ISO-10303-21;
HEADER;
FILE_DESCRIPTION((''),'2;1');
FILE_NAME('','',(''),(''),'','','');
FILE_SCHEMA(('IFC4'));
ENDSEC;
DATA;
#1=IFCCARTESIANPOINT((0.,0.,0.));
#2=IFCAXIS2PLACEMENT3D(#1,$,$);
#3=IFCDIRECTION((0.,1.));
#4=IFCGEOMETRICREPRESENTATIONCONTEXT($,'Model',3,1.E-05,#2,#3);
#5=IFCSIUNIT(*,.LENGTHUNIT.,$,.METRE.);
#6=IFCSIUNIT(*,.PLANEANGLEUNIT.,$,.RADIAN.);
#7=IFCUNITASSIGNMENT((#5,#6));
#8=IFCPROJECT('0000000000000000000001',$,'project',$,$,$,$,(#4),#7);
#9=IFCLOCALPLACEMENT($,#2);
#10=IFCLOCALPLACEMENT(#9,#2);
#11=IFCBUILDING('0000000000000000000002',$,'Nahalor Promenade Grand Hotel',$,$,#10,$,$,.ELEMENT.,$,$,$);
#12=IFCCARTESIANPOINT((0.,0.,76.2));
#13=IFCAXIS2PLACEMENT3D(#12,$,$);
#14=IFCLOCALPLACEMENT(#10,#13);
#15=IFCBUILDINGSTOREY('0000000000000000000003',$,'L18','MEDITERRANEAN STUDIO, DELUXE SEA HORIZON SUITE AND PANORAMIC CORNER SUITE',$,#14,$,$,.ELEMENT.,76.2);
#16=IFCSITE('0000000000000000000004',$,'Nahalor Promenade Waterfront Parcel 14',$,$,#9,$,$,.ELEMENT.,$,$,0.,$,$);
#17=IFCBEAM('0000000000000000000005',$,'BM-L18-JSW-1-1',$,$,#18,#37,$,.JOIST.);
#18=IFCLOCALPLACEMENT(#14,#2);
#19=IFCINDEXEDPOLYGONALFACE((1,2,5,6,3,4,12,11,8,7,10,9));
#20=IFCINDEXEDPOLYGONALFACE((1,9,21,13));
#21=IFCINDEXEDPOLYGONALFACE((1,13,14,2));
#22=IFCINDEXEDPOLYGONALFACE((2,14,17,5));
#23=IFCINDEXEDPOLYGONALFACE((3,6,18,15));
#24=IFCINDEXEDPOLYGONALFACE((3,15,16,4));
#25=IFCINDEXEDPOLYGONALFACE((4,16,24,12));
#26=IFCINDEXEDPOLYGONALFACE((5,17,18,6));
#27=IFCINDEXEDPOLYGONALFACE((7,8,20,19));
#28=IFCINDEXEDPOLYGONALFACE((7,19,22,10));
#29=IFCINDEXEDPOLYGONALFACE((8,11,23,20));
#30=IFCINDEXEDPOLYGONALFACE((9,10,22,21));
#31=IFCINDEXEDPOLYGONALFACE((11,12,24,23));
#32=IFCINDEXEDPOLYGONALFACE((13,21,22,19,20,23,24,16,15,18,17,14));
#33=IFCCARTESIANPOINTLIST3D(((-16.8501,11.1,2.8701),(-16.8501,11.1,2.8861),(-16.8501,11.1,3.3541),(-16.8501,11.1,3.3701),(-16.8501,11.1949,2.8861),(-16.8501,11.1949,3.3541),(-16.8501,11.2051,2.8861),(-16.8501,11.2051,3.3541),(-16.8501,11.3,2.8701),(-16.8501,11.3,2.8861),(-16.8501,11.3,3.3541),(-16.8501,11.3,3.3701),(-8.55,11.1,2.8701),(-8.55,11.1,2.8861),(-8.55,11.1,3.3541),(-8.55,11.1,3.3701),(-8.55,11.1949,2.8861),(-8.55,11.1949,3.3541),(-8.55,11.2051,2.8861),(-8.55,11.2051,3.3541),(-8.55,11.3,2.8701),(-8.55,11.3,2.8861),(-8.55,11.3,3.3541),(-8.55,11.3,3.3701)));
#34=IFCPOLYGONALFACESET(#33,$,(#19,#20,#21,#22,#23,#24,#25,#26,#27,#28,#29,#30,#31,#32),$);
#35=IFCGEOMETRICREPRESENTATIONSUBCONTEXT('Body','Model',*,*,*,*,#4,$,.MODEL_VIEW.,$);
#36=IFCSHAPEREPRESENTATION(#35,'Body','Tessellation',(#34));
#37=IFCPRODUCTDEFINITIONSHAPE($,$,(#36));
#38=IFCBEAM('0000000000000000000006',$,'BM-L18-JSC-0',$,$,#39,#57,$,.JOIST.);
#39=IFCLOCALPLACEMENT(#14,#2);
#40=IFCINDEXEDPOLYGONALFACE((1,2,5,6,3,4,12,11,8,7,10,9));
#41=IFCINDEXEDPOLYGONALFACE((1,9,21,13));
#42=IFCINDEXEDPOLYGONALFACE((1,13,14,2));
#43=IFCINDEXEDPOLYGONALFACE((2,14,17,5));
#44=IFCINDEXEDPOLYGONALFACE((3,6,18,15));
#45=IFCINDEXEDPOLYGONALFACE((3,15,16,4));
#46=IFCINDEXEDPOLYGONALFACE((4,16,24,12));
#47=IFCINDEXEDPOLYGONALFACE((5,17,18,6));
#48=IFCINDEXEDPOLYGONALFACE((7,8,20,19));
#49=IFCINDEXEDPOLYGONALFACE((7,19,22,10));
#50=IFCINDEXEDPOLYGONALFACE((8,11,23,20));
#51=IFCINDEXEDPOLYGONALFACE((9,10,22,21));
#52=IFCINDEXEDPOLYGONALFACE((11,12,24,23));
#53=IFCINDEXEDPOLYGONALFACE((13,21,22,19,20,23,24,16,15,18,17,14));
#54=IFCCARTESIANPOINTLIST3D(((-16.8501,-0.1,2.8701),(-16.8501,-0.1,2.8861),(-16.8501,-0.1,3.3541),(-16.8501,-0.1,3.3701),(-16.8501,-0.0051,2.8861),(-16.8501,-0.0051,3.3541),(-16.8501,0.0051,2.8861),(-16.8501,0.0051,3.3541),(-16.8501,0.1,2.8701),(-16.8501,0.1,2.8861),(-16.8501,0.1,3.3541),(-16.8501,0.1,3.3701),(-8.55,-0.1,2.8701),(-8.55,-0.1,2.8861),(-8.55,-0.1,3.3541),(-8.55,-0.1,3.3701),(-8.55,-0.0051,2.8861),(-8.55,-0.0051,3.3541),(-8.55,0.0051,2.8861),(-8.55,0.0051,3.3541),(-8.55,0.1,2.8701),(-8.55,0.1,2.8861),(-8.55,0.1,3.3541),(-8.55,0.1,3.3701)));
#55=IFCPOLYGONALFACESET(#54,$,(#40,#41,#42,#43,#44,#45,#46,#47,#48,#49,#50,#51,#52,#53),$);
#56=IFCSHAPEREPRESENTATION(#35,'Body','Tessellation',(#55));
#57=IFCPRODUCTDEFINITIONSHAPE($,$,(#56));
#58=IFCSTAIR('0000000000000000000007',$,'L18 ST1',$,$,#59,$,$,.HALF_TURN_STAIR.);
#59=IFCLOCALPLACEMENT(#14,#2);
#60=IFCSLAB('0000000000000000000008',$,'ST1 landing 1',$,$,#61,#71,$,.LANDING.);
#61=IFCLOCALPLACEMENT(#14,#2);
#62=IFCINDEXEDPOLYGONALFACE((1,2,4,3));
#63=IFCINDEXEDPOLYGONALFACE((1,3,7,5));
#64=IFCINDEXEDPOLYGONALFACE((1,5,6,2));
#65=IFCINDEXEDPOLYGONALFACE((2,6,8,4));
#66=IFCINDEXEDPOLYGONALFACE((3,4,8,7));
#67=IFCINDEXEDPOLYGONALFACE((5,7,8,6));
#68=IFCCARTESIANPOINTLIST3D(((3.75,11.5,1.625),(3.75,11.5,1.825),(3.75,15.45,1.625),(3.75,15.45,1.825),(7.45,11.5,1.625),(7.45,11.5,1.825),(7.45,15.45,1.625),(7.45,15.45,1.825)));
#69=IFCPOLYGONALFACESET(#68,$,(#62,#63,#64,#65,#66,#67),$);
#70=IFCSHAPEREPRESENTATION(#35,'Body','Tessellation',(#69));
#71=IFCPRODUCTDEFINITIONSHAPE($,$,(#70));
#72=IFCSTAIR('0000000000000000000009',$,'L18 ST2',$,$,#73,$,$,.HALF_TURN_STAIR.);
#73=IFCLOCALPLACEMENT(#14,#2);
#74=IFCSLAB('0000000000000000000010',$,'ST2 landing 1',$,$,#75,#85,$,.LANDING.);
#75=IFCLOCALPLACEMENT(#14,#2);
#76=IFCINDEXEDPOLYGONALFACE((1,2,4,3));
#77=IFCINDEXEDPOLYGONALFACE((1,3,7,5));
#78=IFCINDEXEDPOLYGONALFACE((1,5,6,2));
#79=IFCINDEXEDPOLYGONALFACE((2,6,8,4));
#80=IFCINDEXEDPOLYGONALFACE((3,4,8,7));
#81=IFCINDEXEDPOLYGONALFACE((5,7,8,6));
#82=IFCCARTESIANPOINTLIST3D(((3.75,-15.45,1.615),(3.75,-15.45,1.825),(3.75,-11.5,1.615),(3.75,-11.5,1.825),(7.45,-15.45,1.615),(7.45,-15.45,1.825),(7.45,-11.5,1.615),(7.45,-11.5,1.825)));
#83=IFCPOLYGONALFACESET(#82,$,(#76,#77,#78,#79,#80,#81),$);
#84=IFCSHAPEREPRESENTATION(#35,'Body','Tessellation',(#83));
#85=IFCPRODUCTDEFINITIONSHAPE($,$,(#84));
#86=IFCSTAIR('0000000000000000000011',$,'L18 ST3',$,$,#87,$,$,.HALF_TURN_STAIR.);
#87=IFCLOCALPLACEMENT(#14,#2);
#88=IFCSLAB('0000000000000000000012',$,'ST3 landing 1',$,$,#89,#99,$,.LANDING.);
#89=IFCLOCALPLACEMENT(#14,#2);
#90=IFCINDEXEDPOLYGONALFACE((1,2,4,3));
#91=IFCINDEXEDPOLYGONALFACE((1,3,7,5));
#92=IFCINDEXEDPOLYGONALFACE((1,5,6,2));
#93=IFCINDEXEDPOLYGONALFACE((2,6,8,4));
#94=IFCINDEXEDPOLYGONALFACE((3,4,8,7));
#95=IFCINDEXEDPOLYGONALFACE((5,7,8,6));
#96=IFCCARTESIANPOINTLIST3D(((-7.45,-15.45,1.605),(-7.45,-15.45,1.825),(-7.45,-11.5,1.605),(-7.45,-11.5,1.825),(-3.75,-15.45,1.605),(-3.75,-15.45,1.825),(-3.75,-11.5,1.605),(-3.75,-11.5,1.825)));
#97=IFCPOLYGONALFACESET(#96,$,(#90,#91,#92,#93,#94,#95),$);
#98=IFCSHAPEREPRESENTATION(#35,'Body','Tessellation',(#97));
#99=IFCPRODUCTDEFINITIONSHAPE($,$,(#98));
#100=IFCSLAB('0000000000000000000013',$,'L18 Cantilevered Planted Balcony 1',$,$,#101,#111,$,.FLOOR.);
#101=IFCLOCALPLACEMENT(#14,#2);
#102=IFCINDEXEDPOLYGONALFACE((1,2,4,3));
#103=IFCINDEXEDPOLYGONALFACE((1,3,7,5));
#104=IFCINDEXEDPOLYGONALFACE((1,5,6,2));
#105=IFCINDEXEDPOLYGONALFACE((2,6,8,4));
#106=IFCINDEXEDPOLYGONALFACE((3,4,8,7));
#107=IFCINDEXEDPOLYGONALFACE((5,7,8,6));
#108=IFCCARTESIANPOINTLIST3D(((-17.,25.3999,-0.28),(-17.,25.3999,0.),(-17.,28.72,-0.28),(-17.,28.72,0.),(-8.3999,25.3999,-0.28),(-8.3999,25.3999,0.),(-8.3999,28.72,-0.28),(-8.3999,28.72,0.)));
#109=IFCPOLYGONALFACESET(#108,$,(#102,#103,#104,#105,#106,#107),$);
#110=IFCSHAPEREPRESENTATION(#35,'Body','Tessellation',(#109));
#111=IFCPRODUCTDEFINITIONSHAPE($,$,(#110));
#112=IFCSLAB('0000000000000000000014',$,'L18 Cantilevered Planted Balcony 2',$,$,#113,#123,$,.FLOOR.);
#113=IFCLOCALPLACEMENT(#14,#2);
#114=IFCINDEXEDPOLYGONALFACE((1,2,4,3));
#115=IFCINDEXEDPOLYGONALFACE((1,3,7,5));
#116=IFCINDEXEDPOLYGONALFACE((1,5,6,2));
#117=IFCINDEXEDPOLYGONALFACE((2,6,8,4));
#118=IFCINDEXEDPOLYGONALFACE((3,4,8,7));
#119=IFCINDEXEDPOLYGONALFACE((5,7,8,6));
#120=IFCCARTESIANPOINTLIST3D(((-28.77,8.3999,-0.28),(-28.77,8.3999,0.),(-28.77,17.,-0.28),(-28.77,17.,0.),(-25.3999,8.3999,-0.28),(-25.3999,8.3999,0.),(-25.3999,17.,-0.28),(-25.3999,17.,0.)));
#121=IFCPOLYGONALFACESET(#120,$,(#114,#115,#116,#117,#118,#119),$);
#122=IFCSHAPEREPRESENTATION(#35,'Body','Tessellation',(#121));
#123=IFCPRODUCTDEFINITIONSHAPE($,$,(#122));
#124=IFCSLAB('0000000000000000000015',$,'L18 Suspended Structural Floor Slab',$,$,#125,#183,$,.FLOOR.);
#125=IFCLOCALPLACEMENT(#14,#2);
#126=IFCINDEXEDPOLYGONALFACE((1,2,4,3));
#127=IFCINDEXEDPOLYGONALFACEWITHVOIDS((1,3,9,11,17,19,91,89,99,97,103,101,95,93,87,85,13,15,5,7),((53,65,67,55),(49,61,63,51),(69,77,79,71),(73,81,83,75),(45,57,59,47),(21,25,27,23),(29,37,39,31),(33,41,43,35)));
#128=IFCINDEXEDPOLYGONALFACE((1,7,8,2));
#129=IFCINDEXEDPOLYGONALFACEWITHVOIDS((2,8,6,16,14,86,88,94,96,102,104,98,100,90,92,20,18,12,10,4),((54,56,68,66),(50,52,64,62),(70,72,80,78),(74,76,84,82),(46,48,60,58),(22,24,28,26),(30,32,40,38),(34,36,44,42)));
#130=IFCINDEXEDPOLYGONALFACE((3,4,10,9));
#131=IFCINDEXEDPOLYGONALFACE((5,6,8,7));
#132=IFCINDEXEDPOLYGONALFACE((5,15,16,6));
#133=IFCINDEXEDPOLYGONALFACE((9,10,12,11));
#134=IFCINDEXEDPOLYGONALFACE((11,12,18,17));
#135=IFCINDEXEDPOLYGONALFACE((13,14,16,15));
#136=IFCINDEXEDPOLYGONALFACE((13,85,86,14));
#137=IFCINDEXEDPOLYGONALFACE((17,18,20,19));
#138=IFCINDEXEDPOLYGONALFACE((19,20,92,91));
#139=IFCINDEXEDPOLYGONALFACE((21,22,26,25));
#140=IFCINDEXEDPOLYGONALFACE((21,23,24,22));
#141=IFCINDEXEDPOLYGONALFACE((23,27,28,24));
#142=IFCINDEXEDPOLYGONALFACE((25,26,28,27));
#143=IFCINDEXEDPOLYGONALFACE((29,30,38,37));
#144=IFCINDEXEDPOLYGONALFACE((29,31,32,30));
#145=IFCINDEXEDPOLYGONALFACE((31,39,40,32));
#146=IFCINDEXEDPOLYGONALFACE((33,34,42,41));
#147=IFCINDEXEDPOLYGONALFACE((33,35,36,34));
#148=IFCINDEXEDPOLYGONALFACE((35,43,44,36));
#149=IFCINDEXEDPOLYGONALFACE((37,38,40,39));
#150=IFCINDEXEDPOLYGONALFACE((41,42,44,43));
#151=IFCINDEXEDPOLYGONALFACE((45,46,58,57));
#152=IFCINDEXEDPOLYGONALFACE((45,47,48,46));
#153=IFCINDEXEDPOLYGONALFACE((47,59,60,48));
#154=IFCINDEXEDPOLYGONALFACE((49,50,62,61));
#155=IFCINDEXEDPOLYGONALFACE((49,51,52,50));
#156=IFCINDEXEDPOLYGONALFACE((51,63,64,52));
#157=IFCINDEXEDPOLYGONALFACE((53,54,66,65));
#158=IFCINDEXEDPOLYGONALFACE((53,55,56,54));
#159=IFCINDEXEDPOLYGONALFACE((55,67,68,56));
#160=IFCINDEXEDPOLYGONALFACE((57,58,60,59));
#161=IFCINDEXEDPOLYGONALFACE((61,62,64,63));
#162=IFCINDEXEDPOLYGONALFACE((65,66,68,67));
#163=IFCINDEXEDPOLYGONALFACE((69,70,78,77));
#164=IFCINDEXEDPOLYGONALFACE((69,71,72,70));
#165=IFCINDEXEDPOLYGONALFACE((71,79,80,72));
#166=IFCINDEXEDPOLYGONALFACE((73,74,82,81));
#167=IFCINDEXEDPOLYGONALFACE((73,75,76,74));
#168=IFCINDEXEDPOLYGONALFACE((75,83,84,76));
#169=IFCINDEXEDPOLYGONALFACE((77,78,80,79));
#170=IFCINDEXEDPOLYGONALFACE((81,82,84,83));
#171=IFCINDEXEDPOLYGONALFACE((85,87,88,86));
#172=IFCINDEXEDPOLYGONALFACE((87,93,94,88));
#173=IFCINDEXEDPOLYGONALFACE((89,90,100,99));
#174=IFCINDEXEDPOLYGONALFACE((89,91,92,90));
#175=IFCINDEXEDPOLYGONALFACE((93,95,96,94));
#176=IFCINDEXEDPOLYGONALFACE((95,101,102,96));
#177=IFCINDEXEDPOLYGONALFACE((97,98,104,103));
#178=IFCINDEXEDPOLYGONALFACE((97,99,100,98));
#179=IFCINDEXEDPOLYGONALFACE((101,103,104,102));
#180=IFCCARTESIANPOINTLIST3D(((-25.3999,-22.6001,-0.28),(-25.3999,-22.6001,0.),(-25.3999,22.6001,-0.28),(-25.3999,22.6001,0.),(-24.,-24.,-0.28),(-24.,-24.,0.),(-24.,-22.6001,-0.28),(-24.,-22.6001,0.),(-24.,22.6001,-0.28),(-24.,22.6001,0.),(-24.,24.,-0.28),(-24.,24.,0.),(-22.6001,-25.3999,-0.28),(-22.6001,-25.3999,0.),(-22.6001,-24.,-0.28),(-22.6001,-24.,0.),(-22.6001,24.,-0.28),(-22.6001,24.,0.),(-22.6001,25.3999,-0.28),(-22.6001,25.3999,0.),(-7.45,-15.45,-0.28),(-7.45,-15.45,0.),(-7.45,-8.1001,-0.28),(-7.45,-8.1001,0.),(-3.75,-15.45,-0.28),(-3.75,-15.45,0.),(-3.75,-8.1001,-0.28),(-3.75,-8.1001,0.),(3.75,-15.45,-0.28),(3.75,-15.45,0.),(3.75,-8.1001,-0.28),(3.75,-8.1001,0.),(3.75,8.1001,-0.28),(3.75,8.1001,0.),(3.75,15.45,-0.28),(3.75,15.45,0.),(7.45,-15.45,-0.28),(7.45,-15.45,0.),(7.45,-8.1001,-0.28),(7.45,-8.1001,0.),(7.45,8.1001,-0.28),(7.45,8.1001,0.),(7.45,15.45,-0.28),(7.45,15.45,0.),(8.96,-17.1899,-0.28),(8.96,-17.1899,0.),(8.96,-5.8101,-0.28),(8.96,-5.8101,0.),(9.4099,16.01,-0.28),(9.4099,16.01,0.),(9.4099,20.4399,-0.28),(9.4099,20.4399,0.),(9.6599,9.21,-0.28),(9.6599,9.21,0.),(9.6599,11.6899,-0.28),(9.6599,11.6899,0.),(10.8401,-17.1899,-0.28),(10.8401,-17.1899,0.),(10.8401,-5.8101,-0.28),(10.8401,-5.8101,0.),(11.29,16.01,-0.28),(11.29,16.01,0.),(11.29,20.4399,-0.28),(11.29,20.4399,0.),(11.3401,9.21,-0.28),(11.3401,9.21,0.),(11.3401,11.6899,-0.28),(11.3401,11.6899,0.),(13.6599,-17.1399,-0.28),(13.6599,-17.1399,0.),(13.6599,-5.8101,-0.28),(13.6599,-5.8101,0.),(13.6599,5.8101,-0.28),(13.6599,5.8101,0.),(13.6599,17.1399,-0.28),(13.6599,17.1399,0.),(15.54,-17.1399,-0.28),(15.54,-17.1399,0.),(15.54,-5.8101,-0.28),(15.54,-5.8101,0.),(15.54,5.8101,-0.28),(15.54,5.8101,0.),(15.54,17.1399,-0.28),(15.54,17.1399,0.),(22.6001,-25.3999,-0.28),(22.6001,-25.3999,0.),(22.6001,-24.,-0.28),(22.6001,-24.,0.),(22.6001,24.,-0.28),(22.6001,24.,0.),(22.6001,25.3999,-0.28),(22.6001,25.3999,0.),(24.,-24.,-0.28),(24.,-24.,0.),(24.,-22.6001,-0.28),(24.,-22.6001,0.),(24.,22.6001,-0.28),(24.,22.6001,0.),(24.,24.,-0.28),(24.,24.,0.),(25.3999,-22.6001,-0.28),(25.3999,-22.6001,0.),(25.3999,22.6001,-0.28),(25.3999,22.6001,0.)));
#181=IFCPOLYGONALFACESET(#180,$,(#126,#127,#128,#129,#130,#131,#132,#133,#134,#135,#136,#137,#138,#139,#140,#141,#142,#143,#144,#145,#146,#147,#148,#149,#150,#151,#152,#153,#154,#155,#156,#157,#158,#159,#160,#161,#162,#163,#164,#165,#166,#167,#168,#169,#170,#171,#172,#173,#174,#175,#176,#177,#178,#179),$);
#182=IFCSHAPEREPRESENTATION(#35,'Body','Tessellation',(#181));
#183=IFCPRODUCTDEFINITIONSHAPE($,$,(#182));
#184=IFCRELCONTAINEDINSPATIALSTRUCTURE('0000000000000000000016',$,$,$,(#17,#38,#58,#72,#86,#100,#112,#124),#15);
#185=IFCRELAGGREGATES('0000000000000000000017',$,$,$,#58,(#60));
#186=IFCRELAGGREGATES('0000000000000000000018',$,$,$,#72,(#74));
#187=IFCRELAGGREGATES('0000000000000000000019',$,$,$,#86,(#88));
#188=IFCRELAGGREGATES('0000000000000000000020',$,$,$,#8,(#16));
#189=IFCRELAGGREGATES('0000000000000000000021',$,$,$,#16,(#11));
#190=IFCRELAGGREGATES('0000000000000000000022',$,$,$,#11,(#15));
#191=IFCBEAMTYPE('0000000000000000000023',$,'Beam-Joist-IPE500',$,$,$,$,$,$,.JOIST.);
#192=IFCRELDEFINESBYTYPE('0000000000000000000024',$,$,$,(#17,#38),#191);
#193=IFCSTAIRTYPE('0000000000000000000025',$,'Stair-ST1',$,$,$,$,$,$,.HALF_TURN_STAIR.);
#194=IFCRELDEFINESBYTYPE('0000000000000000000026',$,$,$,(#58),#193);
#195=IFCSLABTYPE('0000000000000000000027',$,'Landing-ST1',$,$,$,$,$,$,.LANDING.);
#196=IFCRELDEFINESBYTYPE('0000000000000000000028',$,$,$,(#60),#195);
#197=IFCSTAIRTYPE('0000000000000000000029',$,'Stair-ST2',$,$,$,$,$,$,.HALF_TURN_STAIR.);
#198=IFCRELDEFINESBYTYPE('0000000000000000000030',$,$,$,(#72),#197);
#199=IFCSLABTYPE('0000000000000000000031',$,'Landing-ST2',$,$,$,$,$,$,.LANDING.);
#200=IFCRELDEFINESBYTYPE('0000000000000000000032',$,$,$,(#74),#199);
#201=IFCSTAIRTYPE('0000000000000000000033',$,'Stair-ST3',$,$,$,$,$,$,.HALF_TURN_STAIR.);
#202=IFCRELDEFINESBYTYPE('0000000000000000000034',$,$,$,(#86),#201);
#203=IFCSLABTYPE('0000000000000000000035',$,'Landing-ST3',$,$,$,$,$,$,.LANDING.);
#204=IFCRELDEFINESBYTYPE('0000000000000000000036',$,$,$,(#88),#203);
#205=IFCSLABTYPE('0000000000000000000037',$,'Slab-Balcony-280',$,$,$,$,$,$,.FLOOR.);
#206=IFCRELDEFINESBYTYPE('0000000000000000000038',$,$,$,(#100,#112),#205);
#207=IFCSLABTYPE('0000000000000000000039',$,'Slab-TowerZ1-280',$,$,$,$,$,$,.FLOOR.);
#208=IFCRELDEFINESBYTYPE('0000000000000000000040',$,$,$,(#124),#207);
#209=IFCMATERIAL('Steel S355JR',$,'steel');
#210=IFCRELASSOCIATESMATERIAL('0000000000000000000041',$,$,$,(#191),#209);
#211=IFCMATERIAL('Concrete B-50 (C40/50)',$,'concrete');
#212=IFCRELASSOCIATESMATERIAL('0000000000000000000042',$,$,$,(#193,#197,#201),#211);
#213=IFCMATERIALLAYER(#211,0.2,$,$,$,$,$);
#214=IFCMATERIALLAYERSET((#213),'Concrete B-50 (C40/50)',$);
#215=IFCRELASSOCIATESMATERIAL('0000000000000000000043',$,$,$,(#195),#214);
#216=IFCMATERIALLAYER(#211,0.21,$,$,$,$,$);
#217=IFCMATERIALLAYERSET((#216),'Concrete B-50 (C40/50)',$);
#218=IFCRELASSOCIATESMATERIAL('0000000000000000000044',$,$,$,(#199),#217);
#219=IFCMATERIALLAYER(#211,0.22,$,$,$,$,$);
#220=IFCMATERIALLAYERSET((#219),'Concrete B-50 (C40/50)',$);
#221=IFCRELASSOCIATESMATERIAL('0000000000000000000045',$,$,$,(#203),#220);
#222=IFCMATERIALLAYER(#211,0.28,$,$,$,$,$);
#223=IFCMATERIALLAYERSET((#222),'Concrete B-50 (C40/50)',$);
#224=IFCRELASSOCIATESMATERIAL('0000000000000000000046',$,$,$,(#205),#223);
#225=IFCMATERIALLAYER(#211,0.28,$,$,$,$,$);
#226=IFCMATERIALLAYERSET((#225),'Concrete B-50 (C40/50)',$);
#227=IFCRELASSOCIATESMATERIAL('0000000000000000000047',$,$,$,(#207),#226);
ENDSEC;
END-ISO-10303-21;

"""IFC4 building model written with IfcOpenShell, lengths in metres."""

from ifc_helpers import new_model, si_unit, direction, frame, origin, origin_2d, place, context, subcontext, project, spatial, polyline, i_section, outline, extrude, source, transform, mapped, material, layer, layer_set, material_profile, profile_set, type_object, element, aggregate, save


model = new_model("IFC4")

# Units and contexts
model_context = context("Model", 3, precision=1e-05, world=origin(), true_north=direction((0.0, 1.0)))
body_context = subcontext(model_context, "Body", "Model", "MODEL_VIEW")
ifc_project = project(units=[si_unit("LENGTHUNIT", "METRE"), si_unit("PLANEANGLEUNIT", "RADIAN")], contexts=[model_context])

# Site, building, storey
site_placement = place(None, origin())
site = spatial("IfcSite", under=ifc_project, at=site_placement, Name="Nahalor Promenade Waterfront Parcel 14", CompositionType="ELEMENT", RefElevation=0.0)
building_placement = place(site_placement, origin())
building = spatial("IfcBuilding", under=site, at=building_placement, Name="Nahalor Promenade Grand Hotel", CompositionType="ELEMENT")
storey_placement = place(building_placement, frame((0.0, 0.0, 76.2)))
storey = spatial("IfcBuildingStorey", under=building, at=storey_placement, Name="L18", Description="MEDITERRANEAN STUDIO, DELUXE SEA HORIZON SUITE AND PANORAMIC CORNER SUITE", CompositionType="ELEMENT", Elevation=76.2)

# Beams
ifc_material_1 = material(Name="Steel S355JR", Category="steel")
ifc_material_profile_1 = material_profile(ifc_material_1, i_section(OverallWidth=0.2, OverallDepth=0.5, WebThickness=0.0102, FlangeThickness=0.016, at=origin_2d()), Name="IPE 500")
ifc_profile_set_1 = profile_set([ifc_material_profile_1], Name="Steel S355JR")
beam_type_1 = type_object("IfcBeamType", Name="Beam-Joist-IPE500", PredefinedType="JOIST", material=ifc_profile_set_1)
shared_shape_1 = source(origin(), body_context, "Body", "SweptSolid", [
    extrude(i_section(OverallWidth=0.2, OverallDepth=0.5, WebThickness=0.0102, FlangeThickness=0.016, at=origin_2d()), origin(), (0.0, 0.0, 1.0), 8.3),
])
for number, where, z_axis, x_axis, name in (
    (1, (-16.8501, 11.2, 3.1201), (1.0, 0.0, 0.0), (0.0, 1.0, 0.0), "BM-L18-JSW-1-1"),
    (2, (-16.8501, 0.0, 3.1201), (1.0, 0.0, 0.0), (0.0, 1.0, 0.0), "BM-L18-JSC-0"),
):
    element("IfcBeam", number, at=place(storey_placement, frame(where, z_axis=z_axis, x_axis=x_axis)), inside=storey, type_object=beam_type_1, Name=name, PredefinedType="JOIST", context=body_context, shape_type="MappedRepresentation", body=[
        mapped(shared_shape_1, transform((0.0, 0.0, 0.0), scale=1.0)),
    ])

# Stairs, slabs
ifc_material_2 = material(Name="Concrete B-50 (C40/50)", Category="concrete")
stair_type_1 = type_object("IfcStairType", Name="Stair-ST1", PredefinedType="HALF_TURN_STAIR", material=ifc_material_2)
stair_1_placement = place(storey_placement, origin())
stair_1 = element("IfcStair", 3, at=stair_1_placement, inside=storey, type_object=stair_type_1, Name="L18 ST1", PredefinedType="HALF_TURN_STAIR")
ifc_layer_1 = layer(ifc_material_2, 0.2)
ifc_layer_set_1 = layer_set([ifc_layer_1], Name="Concrete B-50 (C40/50)")
slab_type_1 = type_object("IfcSlabType", Name="Landing-ST1", PredefinedType="LANDING", material=ifc_layer_set_1)
slab_1_placement = place(storey_placement, frame((0.0, 0.0, 1.625)))
slab_1 = element("IfcSlab", 4, at=slab_1_placement, type_object=slab_type_1, Name="ST1 landing 1", PredefinedType="LANDING", context=body_context, shape_type="SweptSolid", body=[
    extrude(outline(polyline([(7.45, 11.5), (7.45, 15.45), (3.75, 15.45), (3.75, 11.5), (7.45, 11.5)])), origin(), (0.0, 0.0, 1.0), 0.2),
])
aggregate(stair_1, [slab_1])
stair_type_2 = type_object("IfcStairType", Name="Stair-ST2", PredefinedType="HALF_TURN_STAIR", material=ifc_material_2)
stair_2_placement = place(storey_placement, origin())
stair_2 = element("IfcStair", 5, at=stair_2_placement, inside=storey, type_object=stair_type_2, Name="L18 ST2", PredefinedType="HALF_TURN_STAIR")
ifc_layer_2 = layer(ifc_material_2, 0.21)
ifc_layer_set_2 = layer_set([ifc_layer_2], Name="Concrete B-50 (C40/50)")
slab_type_2 = type_object("IfcSlabType", Name="Landing-ST2", PredefinedType="LANDING", material=ifc_layer_set_2)
slab_2_placement = place(storey_placement, frame((0.0, 0.0, 1.615)))
slab_2 = element("IfcSlab", 6, at=slab_2_placement, type_object=slab_type_2, Name="ST2 landing 1", PredefinedType="LANDING", context=body_context, shape_type="SweptSolid", body=[
    extrude(outline(polyline([(3.75, -11.5), (3.75, -15.45), (7.45, -15.45), (7.45, -11.5), (3.75, -11.5)])), origin(), (0.0, 0.0, 1.0), 0.21),
])
aggregate(stair_2, [slab_2])
stair_type_3 = type_object("IfcStairType", Name="Stair-ST3", PredefinedType="HALF_TURN_STAIR", material=ifc_material_2)
stair_3_placement = place(storey_placement, origin())
stair_3 = element("IfcStair", 7, at=stair_3_placement, inside=storey, type_object=stair_type_3, Name="L18 ST3", PredefinedType="HALF_TURN_STAIR")
ifc_layer_3 = layer(ifc_material_2, 0.22)
ifc_layer_set_3 = layer_set([ifc_layer_3], Name="Concrete B-50 (C40/50)")
slab_type_3 = type_object("IfcSlabType", Name="Landing-ST3", PredefinedType="LANDING", material=ifc_layer_set_3)
slab_3_placement = place(storey_placement, frame((0.0, 0.0, 1.605)))
slab_3 = element("IfcSlab", 8, at=slab_3_placement, type_object=slab_type_3, Name="ST3 landing 1", PredefinedType="LANDING", context=body_context, shape_type="SweptSolid", body=[
    extrude(outline(polyline([(-7.45, -11.5), (-7.45, -15.45), (-3.75, -15.45), (-3.75, -11.5), (-7.45, -11.5)])), origin(), (0.0, 0.0, 1.0), 0.22),
])
aggregate(stair_3, [slab_3])

# Slabs
ifc_layer_4 = layer(ifc_material_2, 0.28)
ifc_layer_set_4 = layer_set([ifc_layer_4], Name="Concrete B-50 (C40/50)")
slab_type_4 = type_object("IfcSlabType", Name="Slab-Balcony-280", PredefinedType="FLOOR", material=ifc_layer_set_4)
slab_4_placement = place(storey_placement, frame((0.0, 0.0, -0.28)))
element("IfcSlab", 9, at=slab_4_placement, inside=storey, type_object=slab_type_4, Name="L18 Cantilevered Planted Balcony 1", PredefinedType="FLOOR", context=body_context, shape_type="SweptSolid", body=[
    extrude(outline(polyline([(-17.0, 25.3999), (-8.3999, 25.3999), (-8.3999, 28.72), (-17.0, 28.72), (-17.0, 25.3999)])), origin(), (0.0, 0.0, 1.0), 0.28),
])
slab_5_placement = place(storey_placement, frame((0.0, 0.0, -0.28)))
element("IfcSlab", 10, at=slab_5_placement, inside=storey, type_object=slab_type_4, Name="L18 Cantilevered Planted Balcony 2", PredefinedType="FLOOR", context=body_context, shape_type="SweptSolid", body=[
    extrude(outline(polyline([(-28.77, 8.3999), (-25.3999, 8.3999), (-25.3999, 17.0), (-28.77, 17.0), (-28.77, 8.3999)])), origin(), (0.0, 0.0, 1.0), 0.28),
])
ifc_layer_5 = layer(ifc_material_2, 0.28)
ifc_layer_set_5 = layer_set([ifc_layer_5], Name="Concrete B-50 (C40/50)")
slab_type_5 = type_object("IfcSlabType", Name="Slab-TowerZ1-280", PredefinedType="FLOOR", material=ifc_layer_set_5)
slab_6_placement = place(storey_placement, frame((0.0, 0.0, -0.28)))
element("IfcSlab", 11, at=slab_6_placement, inside=storey, type_object=slab_type_5, Name="L18 Suspended Structural Floor Slab", PredefinedType="FLOOR", context=body_context, shape_type="SweptSolid", body=[
    extrude(outline(polyline([(-22.6001, -25.3999), (22.6001, -25.3999), (22.6001, -24.0), (24.0, -24.0), (24.0, -22.6001), (25.3999, -22.6001), (25.3999, 22.6001), (24.0, 22.6001), (24.0, 24.0), (22.6001, 24.0), (22.6001, 25.3999), (-22.6001, 25.3999), (-22.6001, 24.0), (-24.0, 24.0), (-24.0, 22.6001), (-25.3999, 22.6001), (-25.3999, -22.6001), (-24.0, -22.6001), (-24.0, -24.0), (-22.6001, -24.0), (-22.6001, -25.3999)]), holes=[polyline([(3.75, 8.1001), (7.45, 8.1001), (7.45, 15.45), (3.75, 15.45), (3.75, 8.1001)]), polyline([(3.75, -15.45), (7.45, -15.45), (7.45, -8.1001), (3.75, -8.1001), (3.75, -15.45)]), polyline([(-7.45, -15.45), (-3.75, -15.45), (-3.75, -8.1001), (-7.45, -8.1001), (-7.45, -15.45)]), polyline([(13.6599, 5.8101), (15.54, 5.8101), (15.54, 17.1399), (13.6599, 17.1399), (13.6599, 5.8101)]), polyline([(13.6599, -17.1399), (15.54, -17.1399), (15.54, -5.8101), (13.6599, -5.8101), (13.6599, -17.1399)]), polyline([(8.96, -17.1899), (10.8401, -17.1899), (10.8401, -5.8101), (8.96, -5.8101), (8.96, -17.1899)]), polyline([(9.4099, 16.01), (11.29, 16.01), (11.29, 20.4399), (9.4099, 20.4399), (9.4099, 16.01)]), polyline([(9.6599, 9.21), (11.3401, 9.21), (11.3401, 11.6899), (9.6599, 11.6899), (9.6599, 9.21)])]), origin(), (0.0, 0.0, 1.0), 0.28),
])

save(model, "model.ifc")
